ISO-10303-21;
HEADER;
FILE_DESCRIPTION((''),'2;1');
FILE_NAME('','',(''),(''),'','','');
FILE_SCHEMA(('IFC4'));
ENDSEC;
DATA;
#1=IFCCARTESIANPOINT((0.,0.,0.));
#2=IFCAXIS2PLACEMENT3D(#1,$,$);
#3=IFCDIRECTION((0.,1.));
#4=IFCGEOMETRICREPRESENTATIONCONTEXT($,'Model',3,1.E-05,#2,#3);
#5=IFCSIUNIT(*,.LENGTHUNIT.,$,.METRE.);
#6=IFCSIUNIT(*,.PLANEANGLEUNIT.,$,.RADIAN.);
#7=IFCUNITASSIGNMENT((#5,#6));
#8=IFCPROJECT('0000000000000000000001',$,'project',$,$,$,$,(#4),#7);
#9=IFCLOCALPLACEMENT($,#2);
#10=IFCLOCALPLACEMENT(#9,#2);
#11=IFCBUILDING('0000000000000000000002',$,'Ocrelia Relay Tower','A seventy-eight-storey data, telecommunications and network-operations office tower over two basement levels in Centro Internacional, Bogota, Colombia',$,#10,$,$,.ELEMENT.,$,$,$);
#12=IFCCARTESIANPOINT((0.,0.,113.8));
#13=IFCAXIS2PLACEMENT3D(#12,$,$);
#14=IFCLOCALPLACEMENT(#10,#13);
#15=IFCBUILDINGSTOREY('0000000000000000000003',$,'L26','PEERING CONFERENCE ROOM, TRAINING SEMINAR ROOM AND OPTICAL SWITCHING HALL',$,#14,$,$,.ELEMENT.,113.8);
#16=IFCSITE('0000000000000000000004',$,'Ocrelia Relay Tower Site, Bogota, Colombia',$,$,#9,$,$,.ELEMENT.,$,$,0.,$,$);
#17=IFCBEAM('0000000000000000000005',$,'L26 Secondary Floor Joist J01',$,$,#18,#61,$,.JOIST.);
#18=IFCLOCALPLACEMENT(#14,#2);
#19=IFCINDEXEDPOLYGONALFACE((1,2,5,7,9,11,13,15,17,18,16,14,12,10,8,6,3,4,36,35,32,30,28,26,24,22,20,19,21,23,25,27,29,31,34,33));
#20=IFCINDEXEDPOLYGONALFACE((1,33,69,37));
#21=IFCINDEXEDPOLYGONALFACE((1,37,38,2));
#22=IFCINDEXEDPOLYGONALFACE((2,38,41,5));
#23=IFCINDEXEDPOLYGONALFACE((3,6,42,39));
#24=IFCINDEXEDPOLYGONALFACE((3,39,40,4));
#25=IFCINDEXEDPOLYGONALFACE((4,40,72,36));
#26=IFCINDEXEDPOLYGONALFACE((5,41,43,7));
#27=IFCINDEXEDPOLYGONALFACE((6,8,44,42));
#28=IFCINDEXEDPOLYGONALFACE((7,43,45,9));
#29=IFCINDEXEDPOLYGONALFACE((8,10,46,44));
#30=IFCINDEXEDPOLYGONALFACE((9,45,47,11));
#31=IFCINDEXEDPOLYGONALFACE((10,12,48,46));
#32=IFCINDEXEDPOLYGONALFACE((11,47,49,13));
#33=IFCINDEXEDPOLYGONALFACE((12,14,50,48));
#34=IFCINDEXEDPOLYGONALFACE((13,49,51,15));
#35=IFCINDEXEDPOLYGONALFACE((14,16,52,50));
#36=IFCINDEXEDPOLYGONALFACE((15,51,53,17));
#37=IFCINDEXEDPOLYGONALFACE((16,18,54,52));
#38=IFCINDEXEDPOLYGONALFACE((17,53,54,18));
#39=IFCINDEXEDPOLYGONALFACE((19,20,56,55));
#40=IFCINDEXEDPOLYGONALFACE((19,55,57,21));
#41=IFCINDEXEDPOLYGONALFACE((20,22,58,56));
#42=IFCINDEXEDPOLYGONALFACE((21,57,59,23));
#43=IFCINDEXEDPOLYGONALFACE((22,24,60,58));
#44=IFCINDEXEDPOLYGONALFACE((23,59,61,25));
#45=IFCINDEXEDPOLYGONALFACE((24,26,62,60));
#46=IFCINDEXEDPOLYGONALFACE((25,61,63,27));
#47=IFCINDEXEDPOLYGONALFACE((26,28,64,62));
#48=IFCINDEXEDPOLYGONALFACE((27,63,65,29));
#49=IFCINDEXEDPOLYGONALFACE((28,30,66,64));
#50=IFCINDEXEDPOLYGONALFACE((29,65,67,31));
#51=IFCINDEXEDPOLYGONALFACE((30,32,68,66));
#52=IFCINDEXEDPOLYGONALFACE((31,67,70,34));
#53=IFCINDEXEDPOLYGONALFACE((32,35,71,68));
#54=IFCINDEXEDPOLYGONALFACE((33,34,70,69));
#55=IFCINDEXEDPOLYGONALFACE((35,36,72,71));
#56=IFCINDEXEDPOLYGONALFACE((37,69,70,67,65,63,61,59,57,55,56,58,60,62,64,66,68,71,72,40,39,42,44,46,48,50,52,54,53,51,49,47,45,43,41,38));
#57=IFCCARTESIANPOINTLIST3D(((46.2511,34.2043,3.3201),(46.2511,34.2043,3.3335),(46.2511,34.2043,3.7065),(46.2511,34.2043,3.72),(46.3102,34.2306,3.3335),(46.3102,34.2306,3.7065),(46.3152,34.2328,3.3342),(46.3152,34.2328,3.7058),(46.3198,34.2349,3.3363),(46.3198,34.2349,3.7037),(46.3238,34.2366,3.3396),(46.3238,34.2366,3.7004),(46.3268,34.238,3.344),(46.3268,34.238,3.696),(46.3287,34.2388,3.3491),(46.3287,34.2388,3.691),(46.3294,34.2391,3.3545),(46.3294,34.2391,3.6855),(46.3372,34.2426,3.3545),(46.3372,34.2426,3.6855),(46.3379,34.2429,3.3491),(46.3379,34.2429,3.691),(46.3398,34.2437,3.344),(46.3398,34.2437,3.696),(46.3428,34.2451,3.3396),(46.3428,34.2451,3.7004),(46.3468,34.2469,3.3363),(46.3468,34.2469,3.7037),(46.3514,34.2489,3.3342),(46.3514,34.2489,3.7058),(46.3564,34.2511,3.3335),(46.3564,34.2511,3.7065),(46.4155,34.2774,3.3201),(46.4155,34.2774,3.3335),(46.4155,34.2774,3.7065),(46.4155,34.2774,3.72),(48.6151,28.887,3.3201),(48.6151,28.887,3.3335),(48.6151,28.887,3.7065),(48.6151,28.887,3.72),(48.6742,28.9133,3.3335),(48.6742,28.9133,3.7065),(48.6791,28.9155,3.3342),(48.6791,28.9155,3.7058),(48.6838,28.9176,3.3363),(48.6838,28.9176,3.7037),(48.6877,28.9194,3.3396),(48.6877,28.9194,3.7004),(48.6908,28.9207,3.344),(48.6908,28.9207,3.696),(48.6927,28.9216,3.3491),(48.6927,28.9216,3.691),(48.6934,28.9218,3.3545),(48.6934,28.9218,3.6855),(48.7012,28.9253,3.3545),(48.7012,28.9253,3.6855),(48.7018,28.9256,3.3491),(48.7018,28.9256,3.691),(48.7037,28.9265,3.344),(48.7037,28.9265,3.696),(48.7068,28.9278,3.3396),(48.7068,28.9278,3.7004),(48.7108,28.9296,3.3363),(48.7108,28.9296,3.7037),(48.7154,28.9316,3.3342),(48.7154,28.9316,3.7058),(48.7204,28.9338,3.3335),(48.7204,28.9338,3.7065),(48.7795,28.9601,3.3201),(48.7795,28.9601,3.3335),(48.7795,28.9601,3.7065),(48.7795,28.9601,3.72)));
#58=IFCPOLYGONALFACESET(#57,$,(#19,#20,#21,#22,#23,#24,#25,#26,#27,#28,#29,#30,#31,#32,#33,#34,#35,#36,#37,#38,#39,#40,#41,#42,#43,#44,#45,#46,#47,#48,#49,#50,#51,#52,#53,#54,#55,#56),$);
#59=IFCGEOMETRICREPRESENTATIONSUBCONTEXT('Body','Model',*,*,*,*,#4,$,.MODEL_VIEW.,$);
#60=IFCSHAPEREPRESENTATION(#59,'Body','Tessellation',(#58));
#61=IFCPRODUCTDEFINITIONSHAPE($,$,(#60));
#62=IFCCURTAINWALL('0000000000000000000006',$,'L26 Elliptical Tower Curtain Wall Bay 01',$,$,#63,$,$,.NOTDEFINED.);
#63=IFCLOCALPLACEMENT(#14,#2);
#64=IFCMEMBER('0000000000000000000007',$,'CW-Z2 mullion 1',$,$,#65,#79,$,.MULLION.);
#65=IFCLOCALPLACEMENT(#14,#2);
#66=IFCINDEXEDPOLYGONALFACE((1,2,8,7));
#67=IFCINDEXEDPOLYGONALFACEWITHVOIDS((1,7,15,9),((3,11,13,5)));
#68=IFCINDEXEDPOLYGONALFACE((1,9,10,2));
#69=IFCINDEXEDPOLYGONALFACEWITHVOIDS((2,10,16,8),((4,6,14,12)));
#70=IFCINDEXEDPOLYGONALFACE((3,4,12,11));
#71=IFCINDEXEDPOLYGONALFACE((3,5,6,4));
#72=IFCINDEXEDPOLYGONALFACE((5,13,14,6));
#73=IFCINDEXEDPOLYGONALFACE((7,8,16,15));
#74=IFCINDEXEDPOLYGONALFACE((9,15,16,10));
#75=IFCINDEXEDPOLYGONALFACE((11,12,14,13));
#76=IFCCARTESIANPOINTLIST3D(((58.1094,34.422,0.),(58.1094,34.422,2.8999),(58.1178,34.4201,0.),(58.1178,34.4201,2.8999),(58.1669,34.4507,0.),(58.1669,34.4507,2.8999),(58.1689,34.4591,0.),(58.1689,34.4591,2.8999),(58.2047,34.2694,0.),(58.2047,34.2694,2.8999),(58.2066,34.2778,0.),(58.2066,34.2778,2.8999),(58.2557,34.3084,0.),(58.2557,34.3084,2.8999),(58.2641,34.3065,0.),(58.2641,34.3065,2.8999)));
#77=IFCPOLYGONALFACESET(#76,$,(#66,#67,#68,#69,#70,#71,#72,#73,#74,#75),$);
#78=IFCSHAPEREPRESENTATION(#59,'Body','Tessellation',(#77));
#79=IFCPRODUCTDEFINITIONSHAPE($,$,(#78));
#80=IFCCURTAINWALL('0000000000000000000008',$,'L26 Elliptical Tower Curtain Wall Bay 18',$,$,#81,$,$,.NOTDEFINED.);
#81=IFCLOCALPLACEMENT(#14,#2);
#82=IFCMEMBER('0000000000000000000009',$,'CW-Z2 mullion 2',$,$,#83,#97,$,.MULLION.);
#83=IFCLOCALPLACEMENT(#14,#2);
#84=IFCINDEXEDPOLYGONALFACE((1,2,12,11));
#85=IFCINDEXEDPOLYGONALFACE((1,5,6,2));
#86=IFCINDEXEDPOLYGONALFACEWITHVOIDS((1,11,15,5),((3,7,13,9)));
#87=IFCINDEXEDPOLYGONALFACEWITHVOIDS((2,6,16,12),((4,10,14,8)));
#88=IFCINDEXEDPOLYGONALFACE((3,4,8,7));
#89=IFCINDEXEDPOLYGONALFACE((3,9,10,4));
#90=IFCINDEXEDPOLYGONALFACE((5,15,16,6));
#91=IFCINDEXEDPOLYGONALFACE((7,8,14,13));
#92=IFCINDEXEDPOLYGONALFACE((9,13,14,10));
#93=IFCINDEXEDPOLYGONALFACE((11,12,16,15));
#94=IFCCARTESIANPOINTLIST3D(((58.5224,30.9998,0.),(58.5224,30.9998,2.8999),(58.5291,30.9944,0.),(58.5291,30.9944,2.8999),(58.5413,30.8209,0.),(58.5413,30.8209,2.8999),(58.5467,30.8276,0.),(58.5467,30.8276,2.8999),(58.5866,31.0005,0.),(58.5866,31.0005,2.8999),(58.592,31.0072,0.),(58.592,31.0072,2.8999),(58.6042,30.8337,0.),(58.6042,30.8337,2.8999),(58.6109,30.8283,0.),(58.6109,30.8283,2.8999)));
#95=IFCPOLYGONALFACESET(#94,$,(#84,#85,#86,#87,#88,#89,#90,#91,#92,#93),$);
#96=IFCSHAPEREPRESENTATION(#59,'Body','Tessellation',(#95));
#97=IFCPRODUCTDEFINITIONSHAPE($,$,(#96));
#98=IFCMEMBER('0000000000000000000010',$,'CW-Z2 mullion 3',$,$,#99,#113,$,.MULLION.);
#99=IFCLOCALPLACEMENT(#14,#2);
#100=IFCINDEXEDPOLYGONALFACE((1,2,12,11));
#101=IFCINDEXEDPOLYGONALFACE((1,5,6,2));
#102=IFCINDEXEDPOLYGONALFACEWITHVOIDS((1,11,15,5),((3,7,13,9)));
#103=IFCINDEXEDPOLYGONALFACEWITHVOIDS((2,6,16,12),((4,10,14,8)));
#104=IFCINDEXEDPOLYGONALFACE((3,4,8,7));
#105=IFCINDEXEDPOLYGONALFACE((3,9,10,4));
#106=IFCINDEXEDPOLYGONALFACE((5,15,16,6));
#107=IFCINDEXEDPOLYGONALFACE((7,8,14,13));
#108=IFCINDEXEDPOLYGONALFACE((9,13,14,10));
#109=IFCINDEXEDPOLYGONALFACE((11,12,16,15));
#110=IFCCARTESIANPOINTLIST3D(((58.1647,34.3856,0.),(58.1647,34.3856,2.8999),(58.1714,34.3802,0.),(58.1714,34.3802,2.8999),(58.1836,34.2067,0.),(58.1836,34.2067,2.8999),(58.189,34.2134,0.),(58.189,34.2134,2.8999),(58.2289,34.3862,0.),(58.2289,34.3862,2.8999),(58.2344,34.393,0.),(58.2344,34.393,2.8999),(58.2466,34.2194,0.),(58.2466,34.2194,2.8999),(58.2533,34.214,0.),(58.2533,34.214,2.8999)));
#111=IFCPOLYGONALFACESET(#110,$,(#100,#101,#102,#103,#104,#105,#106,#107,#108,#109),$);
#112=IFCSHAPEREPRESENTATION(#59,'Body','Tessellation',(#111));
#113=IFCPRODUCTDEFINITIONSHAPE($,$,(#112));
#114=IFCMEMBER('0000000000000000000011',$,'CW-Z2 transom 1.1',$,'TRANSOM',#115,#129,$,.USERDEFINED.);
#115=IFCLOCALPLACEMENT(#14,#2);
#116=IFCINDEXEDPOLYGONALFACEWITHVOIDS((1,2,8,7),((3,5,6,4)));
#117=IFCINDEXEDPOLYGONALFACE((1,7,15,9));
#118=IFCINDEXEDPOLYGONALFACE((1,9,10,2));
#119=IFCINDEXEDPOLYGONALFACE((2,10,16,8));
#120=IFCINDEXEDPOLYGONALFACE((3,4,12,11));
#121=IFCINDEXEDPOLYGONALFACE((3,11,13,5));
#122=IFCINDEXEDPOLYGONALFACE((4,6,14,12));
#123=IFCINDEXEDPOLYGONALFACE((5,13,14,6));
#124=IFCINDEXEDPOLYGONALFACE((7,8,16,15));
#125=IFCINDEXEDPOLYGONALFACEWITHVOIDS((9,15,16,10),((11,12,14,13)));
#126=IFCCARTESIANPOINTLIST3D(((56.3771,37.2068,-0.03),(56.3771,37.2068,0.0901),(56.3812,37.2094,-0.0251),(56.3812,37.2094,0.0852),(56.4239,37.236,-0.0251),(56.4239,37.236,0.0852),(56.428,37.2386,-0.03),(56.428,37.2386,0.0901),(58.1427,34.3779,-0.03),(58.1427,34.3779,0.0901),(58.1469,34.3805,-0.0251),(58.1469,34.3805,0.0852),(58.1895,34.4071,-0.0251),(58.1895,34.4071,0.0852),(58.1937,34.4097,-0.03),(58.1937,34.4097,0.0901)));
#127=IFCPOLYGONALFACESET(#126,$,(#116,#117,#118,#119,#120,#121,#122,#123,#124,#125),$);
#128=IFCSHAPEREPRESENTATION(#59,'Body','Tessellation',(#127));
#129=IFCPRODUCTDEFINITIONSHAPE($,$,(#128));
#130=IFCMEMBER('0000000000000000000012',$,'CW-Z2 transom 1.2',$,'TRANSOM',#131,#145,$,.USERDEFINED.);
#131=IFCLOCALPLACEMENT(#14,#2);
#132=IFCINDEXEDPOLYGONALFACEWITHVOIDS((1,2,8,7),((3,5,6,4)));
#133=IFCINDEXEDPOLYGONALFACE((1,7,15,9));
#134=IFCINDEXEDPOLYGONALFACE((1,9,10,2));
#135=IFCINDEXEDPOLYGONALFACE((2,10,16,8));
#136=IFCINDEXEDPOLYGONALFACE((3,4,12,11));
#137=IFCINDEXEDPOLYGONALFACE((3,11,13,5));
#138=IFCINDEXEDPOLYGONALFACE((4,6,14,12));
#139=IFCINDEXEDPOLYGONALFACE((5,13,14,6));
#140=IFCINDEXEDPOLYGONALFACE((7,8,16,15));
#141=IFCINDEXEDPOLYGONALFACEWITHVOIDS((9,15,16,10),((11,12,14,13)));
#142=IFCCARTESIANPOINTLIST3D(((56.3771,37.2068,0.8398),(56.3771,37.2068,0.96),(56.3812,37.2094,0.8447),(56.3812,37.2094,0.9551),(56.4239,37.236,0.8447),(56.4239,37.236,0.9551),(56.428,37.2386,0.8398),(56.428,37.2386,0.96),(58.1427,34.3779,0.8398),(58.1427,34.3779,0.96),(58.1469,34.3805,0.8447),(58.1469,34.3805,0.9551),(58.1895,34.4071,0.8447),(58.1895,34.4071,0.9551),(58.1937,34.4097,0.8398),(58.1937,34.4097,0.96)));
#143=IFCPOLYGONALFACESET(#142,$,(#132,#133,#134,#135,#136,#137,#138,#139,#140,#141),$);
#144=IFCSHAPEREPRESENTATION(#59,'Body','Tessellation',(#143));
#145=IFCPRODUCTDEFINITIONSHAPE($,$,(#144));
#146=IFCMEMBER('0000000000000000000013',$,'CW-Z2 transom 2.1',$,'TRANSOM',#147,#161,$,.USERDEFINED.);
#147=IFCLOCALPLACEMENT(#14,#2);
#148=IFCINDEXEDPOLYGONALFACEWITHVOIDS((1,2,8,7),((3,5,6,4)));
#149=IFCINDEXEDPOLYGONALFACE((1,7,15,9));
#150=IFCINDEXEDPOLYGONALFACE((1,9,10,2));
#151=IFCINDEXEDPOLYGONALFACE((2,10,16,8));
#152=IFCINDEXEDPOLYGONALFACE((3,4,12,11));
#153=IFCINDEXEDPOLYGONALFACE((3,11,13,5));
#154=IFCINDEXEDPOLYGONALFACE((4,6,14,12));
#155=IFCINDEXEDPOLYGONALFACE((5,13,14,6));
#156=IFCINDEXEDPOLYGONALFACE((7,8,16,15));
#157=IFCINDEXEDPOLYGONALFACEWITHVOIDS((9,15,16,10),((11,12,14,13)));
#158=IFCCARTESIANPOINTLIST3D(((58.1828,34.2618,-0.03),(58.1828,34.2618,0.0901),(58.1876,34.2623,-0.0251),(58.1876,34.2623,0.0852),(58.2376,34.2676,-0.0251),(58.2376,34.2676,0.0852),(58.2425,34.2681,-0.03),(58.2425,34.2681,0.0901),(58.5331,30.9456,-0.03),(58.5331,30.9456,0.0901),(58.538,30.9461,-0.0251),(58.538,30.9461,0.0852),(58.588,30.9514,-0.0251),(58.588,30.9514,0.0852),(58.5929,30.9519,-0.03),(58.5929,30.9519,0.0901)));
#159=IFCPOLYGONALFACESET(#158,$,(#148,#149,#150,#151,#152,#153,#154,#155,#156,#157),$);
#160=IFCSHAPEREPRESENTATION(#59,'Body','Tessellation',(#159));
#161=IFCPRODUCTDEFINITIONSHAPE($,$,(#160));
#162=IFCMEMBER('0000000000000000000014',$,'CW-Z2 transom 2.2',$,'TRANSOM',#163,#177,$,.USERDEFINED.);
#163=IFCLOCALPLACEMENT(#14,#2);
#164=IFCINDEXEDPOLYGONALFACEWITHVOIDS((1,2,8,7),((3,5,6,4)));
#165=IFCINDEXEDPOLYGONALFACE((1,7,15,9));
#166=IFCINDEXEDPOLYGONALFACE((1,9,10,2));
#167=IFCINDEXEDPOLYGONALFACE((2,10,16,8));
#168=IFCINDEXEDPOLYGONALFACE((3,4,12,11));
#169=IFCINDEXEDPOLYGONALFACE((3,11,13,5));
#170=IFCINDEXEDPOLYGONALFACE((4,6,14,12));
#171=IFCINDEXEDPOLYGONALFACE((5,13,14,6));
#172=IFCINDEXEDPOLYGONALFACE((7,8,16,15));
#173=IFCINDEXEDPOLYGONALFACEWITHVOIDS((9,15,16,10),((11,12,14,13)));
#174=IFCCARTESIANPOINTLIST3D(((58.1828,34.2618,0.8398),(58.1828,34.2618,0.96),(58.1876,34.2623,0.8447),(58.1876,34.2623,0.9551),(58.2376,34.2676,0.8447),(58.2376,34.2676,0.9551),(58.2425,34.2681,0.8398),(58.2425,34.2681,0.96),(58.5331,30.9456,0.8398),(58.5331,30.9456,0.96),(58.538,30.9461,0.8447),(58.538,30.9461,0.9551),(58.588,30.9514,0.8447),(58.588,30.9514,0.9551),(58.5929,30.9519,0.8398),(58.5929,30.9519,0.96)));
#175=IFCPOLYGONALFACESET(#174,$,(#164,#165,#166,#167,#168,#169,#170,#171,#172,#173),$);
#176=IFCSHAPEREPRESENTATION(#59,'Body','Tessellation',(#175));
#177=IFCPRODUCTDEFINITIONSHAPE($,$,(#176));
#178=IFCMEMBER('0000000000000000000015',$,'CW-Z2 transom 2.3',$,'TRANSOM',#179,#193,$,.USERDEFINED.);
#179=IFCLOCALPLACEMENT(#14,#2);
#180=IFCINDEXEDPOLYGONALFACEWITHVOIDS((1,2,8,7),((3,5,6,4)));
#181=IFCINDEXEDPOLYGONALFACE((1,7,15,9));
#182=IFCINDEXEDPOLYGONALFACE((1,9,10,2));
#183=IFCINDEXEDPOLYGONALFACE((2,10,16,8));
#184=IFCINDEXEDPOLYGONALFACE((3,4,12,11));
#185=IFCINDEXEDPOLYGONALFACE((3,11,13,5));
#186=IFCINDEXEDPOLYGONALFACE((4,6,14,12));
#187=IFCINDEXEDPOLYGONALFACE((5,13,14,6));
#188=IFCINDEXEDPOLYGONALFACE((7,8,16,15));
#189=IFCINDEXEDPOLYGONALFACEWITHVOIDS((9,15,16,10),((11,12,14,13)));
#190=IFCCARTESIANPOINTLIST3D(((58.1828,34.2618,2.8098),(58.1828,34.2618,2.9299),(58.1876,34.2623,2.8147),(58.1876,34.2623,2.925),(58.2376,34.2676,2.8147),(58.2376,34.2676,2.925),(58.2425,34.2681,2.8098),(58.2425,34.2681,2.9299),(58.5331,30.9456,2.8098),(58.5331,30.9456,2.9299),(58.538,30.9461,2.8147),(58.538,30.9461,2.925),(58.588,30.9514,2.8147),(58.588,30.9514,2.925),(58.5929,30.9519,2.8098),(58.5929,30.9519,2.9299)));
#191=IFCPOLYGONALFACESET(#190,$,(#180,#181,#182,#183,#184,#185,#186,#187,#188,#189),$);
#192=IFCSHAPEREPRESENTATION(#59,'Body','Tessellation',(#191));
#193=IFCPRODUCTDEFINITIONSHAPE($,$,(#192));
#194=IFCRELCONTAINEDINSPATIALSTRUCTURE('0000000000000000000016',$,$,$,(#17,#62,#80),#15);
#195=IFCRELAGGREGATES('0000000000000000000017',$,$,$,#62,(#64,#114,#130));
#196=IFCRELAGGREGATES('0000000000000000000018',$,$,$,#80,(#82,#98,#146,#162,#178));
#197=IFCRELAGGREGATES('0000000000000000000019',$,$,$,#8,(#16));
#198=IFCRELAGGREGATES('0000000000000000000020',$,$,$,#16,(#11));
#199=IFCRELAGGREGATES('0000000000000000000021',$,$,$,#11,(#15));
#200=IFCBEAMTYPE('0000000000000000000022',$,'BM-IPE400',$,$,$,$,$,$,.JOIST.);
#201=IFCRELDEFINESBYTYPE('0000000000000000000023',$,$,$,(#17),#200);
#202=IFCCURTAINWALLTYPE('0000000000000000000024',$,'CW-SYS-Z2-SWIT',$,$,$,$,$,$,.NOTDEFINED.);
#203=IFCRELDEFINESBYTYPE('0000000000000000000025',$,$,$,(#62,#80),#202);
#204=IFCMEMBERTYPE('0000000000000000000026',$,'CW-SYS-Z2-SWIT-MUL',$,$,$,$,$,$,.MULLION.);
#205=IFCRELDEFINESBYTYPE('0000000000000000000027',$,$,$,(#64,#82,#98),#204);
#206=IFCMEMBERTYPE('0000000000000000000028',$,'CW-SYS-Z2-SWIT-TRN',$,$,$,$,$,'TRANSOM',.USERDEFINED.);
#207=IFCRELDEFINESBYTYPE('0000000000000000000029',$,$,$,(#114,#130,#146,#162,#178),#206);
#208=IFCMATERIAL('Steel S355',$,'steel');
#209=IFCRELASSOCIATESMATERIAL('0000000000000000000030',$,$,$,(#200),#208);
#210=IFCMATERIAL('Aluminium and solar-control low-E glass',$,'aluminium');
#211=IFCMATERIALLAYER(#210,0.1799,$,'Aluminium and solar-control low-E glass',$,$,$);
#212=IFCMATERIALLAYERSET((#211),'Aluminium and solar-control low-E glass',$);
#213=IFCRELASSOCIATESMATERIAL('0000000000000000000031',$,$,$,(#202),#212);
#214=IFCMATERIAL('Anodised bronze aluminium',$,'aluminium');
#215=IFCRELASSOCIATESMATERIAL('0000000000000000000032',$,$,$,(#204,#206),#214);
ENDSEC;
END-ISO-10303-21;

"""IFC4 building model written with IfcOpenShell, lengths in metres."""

from ifc_helpers import new_model, si_unit, direction, frame, origin, origin_2d, place, context, subcontext, project, spatial, hollow_rectangle, i_section, extrude, material, layer, layer_set, material_profile, profile_set, type_object, element, aggregate, save


model = new_model("IFC4")

# Units and contexts
model_context = context("Model", 3, precision=1e-05, world=origin(), true_north=direction((0.0, 1.0)))
body_context = subcontext(model_context, "Body", "Model", "MODEL_VIEW")
ifc_project = project(units=[si_unit("LENGTHUNIT", "METRE"), si_unit("PLANEANGLEUNIT", "RADIAN")], contexts=[model_context])

# Site, building, storey
site_placement = place(None, origin())
site = spatial("IfcSite", under=ifc_project, at=site_placement, Name="Ocrelia Relay Tower Site, Bogota, Colombia", CompositionType="ELEMENT", RefElevation=0.0)
building_placement = place(site_placement, origin())
building = spatial("IfcBuilding", under=site, at=building_placement, Name="Ocrelia Relay Tower", Description="A seventy-eight-storey data, telecommunications and network-operations office tower over two basement levels in Centro Internacional, Bogota, Colombia", CompositionType="ELEMENT")
storey_placement = place(building_placement, frame((0.0, 0.0, 113.8)))
storey = spatial("IfcBuildingStorey", under=building, at=storey_placement, Name="L26", Description="PEERING CONFERENCE ROOM, TRAINING SEMINAR ROOM AND OPTICAL SWITCHING HALL", CompositionType="ELEMENT", Elevation=113.8)

# Beam
ifc_material_1 = material(Name="Steel S355", Category="steel")
ifc_material_profile_1 = material_profile(ifc_material_1, i_section(OverallWidth=0.1799, OverallDepth=0.3999, WebThickness=0.0085, FlangeThickness=0.0134, FilletRadius=0.021, at=origin_2d()), Name="IPE 400")
ifc_profile_set_1 = profile_set([ifc_material_profile_1], Name="Steel S355")
beam_type_1 = type_object("IfcBeamType", Name="BM-IPE400", PredefinedType="JOIST", material=ifc_profile_set_1)
beam_1_placement = place(storey_placement, frame((48.6973, 28.9236, 3.52), z_axis=(-0.406244, 0.913765, 0.0), x_axis=(-0.913765, -0.406244, 0.0)))
element("IfcBeam", 1, at=beam_1_placement, inside=storey, type_object=beam_type_1, Name="L26 Secondary Floor Joist J01", PredefinedType="JOIST", context=body_context, shape_type="SweptSolid", body=[
    extrude(i_section(OverallWidth=0.1799, OverallDepth=0.3999, WebThickness=0.0085, FlangeThickness=0.0134, FilletRadius=0.021, at=origin_2d()), origin(), (0.0, 0.0, 1.0), 5.8191),
])

# Curtain wall, member
ifc_material_2 = material(Name="Aluminium and solar-control low-E glass", Category="aluminium")
ifc_layer_1 = layer(ifc_material_2, 0.1799, Name="Aluminium and solar-control low-E glass")
ifc_layer_set_1 = layer_set([ifc_layer_1], Name="Aluminium and solar-control low-E glass")
curtain_wall_type = type_object("IfcCurtainWallType", Name="CW-SYS-Z2-SWIT", PredefinedType="NOTDEFINED", material=ifc_layer_set_1)
curtain_wall_1_placement = place(storey_placement, origin())
curtain_wall_1 = element("IfcCurtainWall", 2, at=curtain_wall_1_placement, inside=storey, type_object=curtain_wall_type, Name="L26 Elliptical Tower Curtain Wall Bay 01", PredefinedType="NOTDEFINED")
ifc_material_3 = material(Name="Anodised bronze aluminium", Category="aluminium")
ifc_material_profile_2 = material_profile(ifc_material_3, hollow_rectangle(XDim=0.0701, YDim=0.1799, WallThickness=0.0061, at=origin_2d()), Name="CW-MUL-180x70")
ifc_profile_set_2 = profile_set([ifc_material_profile_2], Name="Anodised bronze aluminium")
member_type_1 = type_object("IfcMemberType", Name="CW-SYS-Z2-SWIT-MUL", PredefinedType="MULLION", material=ifc_profile_set_2)
member_1_placement = place(storey_placement, frame((58.1868, 34.3643, 0.0), z_axis=(0.0, 0.0, 1.0), x_axis=(-0.84833, -0.529468, 0.0)))
member_1 = element("IfcMember", 3, at=member_1_placement, type_object=member_type_1, Name="CW-Z2 mullion 1", PredefinedType="MULLION", context=body_context, shape_type="SweptSolid", body=[
    extrude(hollow_rectangle(XDim=0.0701, YDim=0.1799, WallThickness=0.0061, at=origin_2d()), origin(), (0.0, 0.0, 1.0), 2.8999),
])

# Curtain wall, members
curtain_wall_2_placement = place(storey_placement, origin())
curtain_wall_2 = element("IfcCurtainWall", 4, at=curtain_wall_2_placement, inside=storey, type_object=curtain_wall_type, Name="L26 Elliptical Tower Curtain Wall Bay 18", PredefinedType="NOTDEFINED")
member_2_placement = place(storey_placement, frame((58.5667, 30.9141, 0.0), z_axis=(0.0, 0.0, 1.0), x_axis=(-0.994466, -0.105058, 0.0)))
member_2 = element("IfcMember", 5, at=member_2_placement, type_object=member_type_1, Name="CW-Z2 mullion 2", PredefinedType="MULLION", context=body_context, shape_type="SweptSolid", body=[
    extrude(hollow_rectangle(XDim=0.0701, YDim=0.1799, WallThickness=0.0061, at=origin_2d()), origin(), (0.0, 0.0, 1.0), 2.8999),
])
member_3_placement = place(storey_placement, frame((58.209, 34.2998, 0.0), z_axis=(0.0, 0.0, 1.0), x_axis=(-0.994466, -0.105058, 0.0)))
member_3 = element("IfcMember", 6, at=member_3_placement, type_object=member_type_1, Name="CW-Z2 mullion 3", PredefinedType="MULLION", context=body_context, shape_type="SweptSolid", body=[
    extrude(hollow_rectangle(XDim=0.0701, YDim=0.1799, WallThickness=0.0061, at=origin_2d()), origin(), (0.0, 0.0, 1.0), 2.8999),
])

# Members
ifc_material_profile_3 = material_profile(ifc_material_3, hollow_rectangle(XDim=0.0601, YDim=0.1201, WallThickness=0.0049, at=origin_2d()), Name="CW-TRN-120x60")
ifc_profile_set_3 = profile_set([ifc_material_profile_3], Name="Anodised bronze aluminium")
member_type_2 = type_object("IfcMemberType", Name="CW-SYS-Z2-SWIT-TRN", ElementType="TRANSOM", PredefinedType="USERDEFINED", material=ifc_profile_set_3)
member_4_placement = place(storey_placement, frame((58.1682, 34.3938, 0.03), z_axis=(-0.529479, 0.848323, 0.0), x_axis=(-0.848323, -0.529479, 0.0)))
member_4 = element("IfcMember", 7, at=member_4_placement, type_object=member_type_2, Name="CW-Z2 transom 1.1", ObjectType="TRANSOM", PredefinedType="USERDEFINED", context=body_context, shape_type="SweptSolid", body=[
    extrude(hollow_rectangle(XDim=0.0601, YDim=0.1201, WallThickness=0.0049, at=origin_2d()), origin(), (0.0, 0.0, 1.0), 3.3347),
])
member_5_placement = place(storey_placement, frame((58.1682, 34.3938, 0.8999), z_axis=(-0.529479, 0.848323, 0.0), x_axis=(-0.848323, -0.529479, 0.0)))
member_5 = element("IfcMember", 8, at=member_5_placement, type_object=member_type_2, Name="CW-Z2 transom 1.2", ObjectType="TRANSOM", PredefinedType="USERDEFINED", context=body_context, shape_type="SweptSolid", body=[
    extrude(hollow_rectangle(XDim=0.0601, YDim=0.1201, WallThickness=0.0049, at=origin_2d()), origin(), (0.0, 0.0, 1.0), 3.3347),
])
aggregate(curtain_wall_1, [member_1, member_4, member_5])
member_6_placement = place(storey_placement, frame((58.563, 30.9487, 0.03), z_axis=(-0.105062, 0.994466, 0.0), x_axis=(-0.994466, -0.105062, 0.0)))
member_6 = element("IfcMember", 9, at=member_6_placement, type_object=member_type_2, Name="CW-Z2 transom 2.1", ObjectType="TRANSOM", PredefinedType="USERDEFINED", context=body_context, shape_type="SweptSolid", body=[
    extrude(hollow_rectangle(XDim=0.0601, YDim=0.1201, WallThickness=0.0049, at=origin_2d()), origin(), (0.0, 0.0, 1.0), 3.3347),
])
member_7_placement = place(storey_placement, frame((58.563, 30.9487, 0.8999), z_axis=(-0.105062, 0.994466, 0.0), x_axis=(-0.994466, -0.105062, 0.0)))
member_7 = element("IfcMember", 10, at=member_7_placement, type_object=member_type_2, Name="CW-Z2 transom 2.2", ObjectType="TRANSOM", PredefinedType="USERDEFINED", context=body_context, shape_type="SweptSolid", body=[
    extrude(hollow_rectangle(XDim=0.0601, YDim=0.1201, WallThickness=0.0049, at=origin_2d()), origin(), (0.0, 0.0, 1.0), 3.3347),
])
member_8_placement = place(storey_placement, frame((58.563, 30.9487, 2.8699), z_axis=(-0.105062, 0.994466, 0.0), x_axis=(-0.994466, -0.105062, 0.0)))
member_8 = element("IfcMember", 11, at=member_8_placement, type_object=member_type_2, Name="CW-Z2 transom 2.3", ObjectType="TRANSOM", PredefinedType="USERDEFINED", context=body_context, shape_type="SweptSolid", body=[
    extrude(hollow_rectangle(XDim=0.0601, YDim=0.1201, WallThickness=0.0049, at=origin_2d()), origin(), (0.0, 0.0, 1.0), 3.3347),
])

aggregate(curtain_wall_2, [member_2, member_3, member_6, member_7, member_8])

save(model, "model.ifc")
